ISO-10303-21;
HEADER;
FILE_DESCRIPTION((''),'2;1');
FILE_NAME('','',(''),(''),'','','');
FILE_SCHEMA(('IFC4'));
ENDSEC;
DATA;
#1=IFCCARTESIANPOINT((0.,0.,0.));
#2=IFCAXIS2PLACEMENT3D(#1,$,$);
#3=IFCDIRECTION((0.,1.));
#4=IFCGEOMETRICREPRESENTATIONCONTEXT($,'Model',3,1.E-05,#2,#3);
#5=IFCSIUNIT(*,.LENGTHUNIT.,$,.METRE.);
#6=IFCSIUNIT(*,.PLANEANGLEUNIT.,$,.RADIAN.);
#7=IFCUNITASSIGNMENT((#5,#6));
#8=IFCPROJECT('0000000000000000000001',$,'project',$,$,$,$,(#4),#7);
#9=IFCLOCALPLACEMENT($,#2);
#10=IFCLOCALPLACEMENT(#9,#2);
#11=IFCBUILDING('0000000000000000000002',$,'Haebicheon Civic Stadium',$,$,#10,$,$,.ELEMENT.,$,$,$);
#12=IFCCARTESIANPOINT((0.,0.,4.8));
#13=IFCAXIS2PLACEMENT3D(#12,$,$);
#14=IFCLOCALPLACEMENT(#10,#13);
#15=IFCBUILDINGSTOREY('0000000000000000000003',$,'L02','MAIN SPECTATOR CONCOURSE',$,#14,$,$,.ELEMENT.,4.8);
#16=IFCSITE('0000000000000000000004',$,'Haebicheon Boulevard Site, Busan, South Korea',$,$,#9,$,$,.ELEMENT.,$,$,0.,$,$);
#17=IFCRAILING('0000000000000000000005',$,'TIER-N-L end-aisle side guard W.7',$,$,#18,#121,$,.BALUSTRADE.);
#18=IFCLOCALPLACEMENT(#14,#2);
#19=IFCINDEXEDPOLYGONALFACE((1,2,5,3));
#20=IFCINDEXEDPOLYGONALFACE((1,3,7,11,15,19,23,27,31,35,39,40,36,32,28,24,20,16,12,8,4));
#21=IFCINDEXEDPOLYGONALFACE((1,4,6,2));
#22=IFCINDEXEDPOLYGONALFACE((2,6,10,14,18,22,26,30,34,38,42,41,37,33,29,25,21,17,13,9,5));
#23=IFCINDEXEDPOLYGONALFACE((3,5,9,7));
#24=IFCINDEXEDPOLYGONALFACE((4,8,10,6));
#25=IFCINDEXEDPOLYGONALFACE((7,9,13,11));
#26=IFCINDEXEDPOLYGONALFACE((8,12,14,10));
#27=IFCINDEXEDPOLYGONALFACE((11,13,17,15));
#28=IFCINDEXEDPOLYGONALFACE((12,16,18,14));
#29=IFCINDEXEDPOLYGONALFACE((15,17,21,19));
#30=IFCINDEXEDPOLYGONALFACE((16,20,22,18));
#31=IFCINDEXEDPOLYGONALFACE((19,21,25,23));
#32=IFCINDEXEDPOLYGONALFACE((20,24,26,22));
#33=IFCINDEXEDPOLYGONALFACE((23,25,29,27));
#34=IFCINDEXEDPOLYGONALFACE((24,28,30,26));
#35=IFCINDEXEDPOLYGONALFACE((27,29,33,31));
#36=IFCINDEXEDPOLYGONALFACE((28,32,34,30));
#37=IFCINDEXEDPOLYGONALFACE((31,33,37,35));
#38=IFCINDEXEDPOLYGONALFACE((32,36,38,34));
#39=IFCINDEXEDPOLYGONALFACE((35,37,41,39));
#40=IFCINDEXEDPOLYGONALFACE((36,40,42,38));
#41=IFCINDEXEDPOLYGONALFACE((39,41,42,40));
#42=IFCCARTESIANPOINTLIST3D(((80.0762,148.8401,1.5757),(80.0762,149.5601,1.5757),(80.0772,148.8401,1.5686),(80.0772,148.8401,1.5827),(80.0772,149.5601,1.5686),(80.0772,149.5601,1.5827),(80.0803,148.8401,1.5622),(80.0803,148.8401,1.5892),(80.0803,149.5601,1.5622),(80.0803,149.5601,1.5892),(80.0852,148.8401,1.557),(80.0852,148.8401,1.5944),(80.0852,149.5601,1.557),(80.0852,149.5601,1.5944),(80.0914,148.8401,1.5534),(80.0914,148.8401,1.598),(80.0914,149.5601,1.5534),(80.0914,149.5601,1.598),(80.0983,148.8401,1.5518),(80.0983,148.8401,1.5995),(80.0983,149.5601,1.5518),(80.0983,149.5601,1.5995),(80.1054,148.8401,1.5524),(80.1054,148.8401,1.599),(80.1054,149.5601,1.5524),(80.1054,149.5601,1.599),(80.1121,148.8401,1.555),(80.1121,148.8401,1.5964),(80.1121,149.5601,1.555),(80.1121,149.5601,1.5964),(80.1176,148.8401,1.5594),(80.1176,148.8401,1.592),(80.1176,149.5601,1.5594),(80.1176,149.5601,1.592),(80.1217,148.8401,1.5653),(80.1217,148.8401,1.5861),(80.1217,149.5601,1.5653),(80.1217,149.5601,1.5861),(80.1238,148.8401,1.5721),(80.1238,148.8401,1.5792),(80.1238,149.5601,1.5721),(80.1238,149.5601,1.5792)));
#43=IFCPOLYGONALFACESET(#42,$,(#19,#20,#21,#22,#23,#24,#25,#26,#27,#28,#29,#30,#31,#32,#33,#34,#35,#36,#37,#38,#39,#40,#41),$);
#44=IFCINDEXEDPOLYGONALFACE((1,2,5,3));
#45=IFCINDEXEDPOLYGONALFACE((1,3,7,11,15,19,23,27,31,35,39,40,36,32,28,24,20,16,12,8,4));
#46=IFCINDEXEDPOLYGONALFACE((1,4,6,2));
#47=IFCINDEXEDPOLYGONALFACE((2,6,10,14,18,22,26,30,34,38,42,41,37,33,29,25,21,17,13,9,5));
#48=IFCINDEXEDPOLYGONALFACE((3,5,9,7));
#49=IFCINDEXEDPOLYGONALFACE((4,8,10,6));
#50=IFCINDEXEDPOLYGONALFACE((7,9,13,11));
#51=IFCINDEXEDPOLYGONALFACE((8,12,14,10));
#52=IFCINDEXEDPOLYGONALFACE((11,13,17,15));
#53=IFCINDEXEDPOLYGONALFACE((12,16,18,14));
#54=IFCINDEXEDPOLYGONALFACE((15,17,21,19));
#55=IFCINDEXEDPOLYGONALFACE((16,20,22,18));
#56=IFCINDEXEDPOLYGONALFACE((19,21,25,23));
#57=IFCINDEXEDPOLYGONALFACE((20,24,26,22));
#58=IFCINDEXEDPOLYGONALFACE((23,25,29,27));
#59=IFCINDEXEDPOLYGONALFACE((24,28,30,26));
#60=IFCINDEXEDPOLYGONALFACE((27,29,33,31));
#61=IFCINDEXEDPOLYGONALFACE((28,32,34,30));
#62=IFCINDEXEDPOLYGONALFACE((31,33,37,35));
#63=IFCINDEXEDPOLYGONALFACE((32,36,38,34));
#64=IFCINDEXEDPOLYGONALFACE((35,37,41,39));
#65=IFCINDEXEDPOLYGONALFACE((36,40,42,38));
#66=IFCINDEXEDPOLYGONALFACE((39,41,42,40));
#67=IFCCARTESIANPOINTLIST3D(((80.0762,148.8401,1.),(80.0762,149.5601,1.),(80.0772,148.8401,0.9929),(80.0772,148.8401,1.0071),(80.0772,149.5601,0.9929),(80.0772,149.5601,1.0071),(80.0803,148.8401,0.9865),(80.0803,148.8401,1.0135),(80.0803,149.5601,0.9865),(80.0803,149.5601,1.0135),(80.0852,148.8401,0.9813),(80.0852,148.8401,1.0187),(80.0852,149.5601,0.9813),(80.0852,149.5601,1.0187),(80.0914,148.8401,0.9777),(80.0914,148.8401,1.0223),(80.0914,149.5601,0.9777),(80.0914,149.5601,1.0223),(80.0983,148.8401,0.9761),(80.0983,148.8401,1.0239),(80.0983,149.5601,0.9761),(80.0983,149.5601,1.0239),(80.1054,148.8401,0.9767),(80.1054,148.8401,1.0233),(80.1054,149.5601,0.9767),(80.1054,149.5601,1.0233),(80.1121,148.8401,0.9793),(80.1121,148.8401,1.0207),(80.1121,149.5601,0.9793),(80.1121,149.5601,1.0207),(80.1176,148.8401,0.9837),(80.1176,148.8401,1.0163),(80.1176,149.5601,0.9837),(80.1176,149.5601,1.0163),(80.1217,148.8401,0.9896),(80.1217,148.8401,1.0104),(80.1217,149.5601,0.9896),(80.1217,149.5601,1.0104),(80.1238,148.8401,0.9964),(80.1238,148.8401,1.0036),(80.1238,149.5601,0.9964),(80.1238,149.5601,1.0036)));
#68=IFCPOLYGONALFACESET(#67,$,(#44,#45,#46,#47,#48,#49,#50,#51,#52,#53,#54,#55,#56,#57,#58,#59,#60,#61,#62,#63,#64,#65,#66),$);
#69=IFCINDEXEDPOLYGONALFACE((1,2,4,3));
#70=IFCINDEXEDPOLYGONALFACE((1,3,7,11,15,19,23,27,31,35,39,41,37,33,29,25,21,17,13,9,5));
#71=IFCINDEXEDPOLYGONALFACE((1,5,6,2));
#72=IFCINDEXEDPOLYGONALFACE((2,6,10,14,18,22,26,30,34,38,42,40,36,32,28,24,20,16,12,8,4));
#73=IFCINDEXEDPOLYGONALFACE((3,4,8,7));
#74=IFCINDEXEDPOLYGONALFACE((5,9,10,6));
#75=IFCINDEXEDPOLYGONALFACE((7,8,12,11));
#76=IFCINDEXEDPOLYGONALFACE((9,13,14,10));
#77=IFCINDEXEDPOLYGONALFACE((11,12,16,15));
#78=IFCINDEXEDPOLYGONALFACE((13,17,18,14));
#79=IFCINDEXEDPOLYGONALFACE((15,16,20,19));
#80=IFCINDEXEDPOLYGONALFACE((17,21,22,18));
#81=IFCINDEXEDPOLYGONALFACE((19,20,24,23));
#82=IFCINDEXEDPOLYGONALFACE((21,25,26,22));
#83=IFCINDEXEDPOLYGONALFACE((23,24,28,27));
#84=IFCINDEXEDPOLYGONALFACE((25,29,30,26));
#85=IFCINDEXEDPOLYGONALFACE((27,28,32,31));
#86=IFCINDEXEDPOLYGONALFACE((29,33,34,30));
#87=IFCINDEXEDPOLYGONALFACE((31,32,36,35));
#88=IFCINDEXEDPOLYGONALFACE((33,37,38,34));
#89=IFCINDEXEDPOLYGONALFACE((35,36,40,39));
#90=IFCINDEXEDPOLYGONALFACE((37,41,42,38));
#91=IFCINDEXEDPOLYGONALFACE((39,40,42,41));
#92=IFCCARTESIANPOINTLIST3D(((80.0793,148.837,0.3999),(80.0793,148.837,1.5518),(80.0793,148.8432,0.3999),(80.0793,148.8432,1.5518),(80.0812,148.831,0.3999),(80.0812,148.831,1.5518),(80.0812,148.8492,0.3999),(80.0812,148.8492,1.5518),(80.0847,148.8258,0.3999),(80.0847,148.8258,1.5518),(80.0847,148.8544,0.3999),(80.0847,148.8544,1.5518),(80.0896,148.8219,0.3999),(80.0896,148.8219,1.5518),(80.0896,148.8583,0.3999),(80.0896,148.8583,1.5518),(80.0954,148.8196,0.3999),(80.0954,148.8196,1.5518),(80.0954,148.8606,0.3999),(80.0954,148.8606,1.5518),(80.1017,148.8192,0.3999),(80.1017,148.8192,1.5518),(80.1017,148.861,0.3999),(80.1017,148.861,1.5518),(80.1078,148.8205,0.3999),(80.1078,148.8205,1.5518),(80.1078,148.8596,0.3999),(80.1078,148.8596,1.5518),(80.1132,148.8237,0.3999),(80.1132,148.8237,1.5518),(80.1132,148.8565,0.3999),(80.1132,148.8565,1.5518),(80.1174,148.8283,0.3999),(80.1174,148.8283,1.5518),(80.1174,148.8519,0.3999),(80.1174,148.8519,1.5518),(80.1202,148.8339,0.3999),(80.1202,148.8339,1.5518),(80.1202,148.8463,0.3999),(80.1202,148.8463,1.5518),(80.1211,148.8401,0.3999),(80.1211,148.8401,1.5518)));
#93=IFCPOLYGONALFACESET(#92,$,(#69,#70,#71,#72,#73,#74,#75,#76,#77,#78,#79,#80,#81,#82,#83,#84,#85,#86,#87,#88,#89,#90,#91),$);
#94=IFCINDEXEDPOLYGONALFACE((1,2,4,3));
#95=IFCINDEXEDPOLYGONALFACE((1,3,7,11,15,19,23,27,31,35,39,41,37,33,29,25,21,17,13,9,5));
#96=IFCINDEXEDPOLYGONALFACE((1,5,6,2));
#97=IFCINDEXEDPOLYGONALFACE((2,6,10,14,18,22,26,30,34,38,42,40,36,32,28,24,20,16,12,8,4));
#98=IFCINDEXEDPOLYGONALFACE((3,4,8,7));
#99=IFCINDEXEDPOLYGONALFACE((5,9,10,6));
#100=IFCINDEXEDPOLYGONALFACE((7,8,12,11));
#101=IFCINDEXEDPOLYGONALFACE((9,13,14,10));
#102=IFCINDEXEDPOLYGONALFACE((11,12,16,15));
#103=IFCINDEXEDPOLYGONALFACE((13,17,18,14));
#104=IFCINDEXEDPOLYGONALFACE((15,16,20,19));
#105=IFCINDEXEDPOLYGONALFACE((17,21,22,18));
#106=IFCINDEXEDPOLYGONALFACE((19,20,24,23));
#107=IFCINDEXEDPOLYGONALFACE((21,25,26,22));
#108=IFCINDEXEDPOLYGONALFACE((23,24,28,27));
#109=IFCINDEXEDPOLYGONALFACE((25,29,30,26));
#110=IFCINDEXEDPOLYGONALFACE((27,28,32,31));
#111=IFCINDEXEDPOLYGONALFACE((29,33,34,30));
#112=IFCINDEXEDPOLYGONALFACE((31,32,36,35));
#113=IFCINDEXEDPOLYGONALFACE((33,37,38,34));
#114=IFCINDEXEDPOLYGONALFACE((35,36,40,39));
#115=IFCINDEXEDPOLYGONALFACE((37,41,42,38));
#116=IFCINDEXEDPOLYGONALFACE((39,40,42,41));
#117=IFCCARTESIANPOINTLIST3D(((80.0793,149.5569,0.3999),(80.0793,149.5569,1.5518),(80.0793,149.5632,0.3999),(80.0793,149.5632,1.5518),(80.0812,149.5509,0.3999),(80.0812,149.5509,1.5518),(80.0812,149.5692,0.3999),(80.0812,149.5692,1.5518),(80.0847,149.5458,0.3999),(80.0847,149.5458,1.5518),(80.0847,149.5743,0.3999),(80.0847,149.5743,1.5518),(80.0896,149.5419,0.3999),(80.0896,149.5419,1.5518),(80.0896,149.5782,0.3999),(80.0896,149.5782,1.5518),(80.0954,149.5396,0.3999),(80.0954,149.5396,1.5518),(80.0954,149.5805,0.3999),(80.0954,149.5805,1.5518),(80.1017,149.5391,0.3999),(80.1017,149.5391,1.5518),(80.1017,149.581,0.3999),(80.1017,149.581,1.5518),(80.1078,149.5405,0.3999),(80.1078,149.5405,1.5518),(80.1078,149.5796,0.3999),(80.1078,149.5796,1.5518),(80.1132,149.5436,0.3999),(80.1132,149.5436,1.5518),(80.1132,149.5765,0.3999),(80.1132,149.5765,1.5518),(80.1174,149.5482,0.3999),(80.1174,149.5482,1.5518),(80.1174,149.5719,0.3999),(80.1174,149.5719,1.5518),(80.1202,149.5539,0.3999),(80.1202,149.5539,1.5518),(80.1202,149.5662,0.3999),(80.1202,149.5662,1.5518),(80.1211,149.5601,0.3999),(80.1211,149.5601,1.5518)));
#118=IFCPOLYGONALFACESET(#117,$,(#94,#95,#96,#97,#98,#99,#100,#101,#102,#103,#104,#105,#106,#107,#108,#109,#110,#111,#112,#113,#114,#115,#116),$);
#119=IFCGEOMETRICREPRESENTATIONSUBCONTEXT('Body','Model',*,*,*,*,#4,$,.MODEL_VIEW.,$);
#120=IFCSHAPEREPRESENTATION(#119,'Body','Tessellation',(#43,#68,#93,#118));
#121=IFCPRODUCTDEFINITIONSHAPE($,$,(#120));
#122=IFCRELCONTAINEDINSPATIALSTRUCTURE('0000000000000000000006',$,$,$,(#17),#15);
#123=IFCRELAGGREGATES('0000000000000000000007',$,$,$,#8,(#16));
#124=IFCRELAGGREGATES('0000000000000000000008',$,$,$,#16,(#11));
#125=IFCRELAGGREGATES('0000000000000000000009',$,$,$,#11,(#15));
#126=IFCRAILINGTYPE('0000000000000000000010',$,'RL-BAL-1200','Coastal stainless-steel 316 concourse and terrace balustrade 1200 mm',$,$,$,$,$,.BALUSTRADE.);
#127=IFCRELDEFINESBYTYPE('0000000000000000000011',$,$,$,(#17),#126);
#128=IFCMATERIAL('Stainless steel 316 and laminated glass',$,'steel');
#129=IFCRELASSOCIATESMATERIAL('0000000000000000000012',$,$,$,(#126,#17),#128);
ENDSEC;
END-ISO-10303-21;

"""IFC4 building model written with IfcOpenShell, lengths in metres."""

from ifc_helpers import new_model, si_unit, direction, frame, origin, origin_2d, place, context, subcontext, project, spatial, circle, extrude, material, type_object, element, save


model = new_model("IFC4")

# Units and contexts
model_context = context("Model", 3, precision=1e-05, world=origin(), true_north=direction((0.0, 1.0)))
body_context = subcontext(model_context, "Body", "Model", "MODEL_VIEW")
ifc_project = project(units=[si_unit("LENGTHUNIT", "METRE"), si_unit("PLANEANGLEUNIT", "RADIAN")], contexts=[model_context])

# Site, building, storey
site_placement = place(None, origin())
site = spatial("IfcSite", under=ifc_project, at=site_placement, Name="Haebicheon Boulevard Site, Busan, South Korea", CompositionType="ELEMENT", RefElevation=0.0)
building_placement = place(site_placement, origin())
building = spatial("IfcBuilding", under=site, at=building_placement, Name="Haebicheon Civic Stadium", CompositionType="ELEMENT")
storey_placement = place(building_placement, frame((0.0, 0.0, 4.8)))
storey = spatial("IfcBuildingStorey", under=building, at=storey_placement, Name="L02", Description="MAIN SPECTATOR CONCOURSE", CompositionType="ELEMENT", Elevation=4.8)

# Railing
ifc_material_1 = material(Name="Stainless steel 316 and laminated glass", Category="steel")
railing_type_1 = type_object("IfcRailingType", Name="RL-BAL-1200", Description="Coastal stainless-steel 316 concourse and terrace balustrade 1200 mm", PredefinedType="BALUSTRADE", material=ifc_material_1)
railing_1_placement = place(storey_placement, frame((80.1001, 148.8401, 0.3999)))
element("IfcRailing", 1, at=railing_1_placement, inside=storey, type_object=railing_type_1, material=ifc_material_1, Name="TIER-N-L end-aisle side guard W.7", PredefinedType="BALUSTRADE", context=body_context, shape_type="SweptSolid", body=[
    extrude(circle(Radius=0.0239, at=origin_2d()), frame((0.0, 0.0, 1.1758), z_axis=(0.0, 1.0, 0.0), x_axis=(-1.0, 0.0, 0.0)), (0.0, 0.0, 1.0), 0.72),
    extrude(circle(Radius=0.0239, at=origin_2d()), frame((0.0, 0.0, 0.6001), z_axis=(0.0, 1.0, 0.0), x_axis=(-1.0, 0.0, 0.0)), (0.0, 0.0, 1.0), 0.72),
    extrude(circle(Radius=0.021, at=origin_2d()), origin(), (0.0, 0.0, 1.0), 1.1519),
    extrude(circle(Radius=0.021, at=origin_2d()), frame((0.0, 0.72, 0.0)), (0.0, 0.0, 1.0), 1.1519),
])

save(model, "model.ifc")
